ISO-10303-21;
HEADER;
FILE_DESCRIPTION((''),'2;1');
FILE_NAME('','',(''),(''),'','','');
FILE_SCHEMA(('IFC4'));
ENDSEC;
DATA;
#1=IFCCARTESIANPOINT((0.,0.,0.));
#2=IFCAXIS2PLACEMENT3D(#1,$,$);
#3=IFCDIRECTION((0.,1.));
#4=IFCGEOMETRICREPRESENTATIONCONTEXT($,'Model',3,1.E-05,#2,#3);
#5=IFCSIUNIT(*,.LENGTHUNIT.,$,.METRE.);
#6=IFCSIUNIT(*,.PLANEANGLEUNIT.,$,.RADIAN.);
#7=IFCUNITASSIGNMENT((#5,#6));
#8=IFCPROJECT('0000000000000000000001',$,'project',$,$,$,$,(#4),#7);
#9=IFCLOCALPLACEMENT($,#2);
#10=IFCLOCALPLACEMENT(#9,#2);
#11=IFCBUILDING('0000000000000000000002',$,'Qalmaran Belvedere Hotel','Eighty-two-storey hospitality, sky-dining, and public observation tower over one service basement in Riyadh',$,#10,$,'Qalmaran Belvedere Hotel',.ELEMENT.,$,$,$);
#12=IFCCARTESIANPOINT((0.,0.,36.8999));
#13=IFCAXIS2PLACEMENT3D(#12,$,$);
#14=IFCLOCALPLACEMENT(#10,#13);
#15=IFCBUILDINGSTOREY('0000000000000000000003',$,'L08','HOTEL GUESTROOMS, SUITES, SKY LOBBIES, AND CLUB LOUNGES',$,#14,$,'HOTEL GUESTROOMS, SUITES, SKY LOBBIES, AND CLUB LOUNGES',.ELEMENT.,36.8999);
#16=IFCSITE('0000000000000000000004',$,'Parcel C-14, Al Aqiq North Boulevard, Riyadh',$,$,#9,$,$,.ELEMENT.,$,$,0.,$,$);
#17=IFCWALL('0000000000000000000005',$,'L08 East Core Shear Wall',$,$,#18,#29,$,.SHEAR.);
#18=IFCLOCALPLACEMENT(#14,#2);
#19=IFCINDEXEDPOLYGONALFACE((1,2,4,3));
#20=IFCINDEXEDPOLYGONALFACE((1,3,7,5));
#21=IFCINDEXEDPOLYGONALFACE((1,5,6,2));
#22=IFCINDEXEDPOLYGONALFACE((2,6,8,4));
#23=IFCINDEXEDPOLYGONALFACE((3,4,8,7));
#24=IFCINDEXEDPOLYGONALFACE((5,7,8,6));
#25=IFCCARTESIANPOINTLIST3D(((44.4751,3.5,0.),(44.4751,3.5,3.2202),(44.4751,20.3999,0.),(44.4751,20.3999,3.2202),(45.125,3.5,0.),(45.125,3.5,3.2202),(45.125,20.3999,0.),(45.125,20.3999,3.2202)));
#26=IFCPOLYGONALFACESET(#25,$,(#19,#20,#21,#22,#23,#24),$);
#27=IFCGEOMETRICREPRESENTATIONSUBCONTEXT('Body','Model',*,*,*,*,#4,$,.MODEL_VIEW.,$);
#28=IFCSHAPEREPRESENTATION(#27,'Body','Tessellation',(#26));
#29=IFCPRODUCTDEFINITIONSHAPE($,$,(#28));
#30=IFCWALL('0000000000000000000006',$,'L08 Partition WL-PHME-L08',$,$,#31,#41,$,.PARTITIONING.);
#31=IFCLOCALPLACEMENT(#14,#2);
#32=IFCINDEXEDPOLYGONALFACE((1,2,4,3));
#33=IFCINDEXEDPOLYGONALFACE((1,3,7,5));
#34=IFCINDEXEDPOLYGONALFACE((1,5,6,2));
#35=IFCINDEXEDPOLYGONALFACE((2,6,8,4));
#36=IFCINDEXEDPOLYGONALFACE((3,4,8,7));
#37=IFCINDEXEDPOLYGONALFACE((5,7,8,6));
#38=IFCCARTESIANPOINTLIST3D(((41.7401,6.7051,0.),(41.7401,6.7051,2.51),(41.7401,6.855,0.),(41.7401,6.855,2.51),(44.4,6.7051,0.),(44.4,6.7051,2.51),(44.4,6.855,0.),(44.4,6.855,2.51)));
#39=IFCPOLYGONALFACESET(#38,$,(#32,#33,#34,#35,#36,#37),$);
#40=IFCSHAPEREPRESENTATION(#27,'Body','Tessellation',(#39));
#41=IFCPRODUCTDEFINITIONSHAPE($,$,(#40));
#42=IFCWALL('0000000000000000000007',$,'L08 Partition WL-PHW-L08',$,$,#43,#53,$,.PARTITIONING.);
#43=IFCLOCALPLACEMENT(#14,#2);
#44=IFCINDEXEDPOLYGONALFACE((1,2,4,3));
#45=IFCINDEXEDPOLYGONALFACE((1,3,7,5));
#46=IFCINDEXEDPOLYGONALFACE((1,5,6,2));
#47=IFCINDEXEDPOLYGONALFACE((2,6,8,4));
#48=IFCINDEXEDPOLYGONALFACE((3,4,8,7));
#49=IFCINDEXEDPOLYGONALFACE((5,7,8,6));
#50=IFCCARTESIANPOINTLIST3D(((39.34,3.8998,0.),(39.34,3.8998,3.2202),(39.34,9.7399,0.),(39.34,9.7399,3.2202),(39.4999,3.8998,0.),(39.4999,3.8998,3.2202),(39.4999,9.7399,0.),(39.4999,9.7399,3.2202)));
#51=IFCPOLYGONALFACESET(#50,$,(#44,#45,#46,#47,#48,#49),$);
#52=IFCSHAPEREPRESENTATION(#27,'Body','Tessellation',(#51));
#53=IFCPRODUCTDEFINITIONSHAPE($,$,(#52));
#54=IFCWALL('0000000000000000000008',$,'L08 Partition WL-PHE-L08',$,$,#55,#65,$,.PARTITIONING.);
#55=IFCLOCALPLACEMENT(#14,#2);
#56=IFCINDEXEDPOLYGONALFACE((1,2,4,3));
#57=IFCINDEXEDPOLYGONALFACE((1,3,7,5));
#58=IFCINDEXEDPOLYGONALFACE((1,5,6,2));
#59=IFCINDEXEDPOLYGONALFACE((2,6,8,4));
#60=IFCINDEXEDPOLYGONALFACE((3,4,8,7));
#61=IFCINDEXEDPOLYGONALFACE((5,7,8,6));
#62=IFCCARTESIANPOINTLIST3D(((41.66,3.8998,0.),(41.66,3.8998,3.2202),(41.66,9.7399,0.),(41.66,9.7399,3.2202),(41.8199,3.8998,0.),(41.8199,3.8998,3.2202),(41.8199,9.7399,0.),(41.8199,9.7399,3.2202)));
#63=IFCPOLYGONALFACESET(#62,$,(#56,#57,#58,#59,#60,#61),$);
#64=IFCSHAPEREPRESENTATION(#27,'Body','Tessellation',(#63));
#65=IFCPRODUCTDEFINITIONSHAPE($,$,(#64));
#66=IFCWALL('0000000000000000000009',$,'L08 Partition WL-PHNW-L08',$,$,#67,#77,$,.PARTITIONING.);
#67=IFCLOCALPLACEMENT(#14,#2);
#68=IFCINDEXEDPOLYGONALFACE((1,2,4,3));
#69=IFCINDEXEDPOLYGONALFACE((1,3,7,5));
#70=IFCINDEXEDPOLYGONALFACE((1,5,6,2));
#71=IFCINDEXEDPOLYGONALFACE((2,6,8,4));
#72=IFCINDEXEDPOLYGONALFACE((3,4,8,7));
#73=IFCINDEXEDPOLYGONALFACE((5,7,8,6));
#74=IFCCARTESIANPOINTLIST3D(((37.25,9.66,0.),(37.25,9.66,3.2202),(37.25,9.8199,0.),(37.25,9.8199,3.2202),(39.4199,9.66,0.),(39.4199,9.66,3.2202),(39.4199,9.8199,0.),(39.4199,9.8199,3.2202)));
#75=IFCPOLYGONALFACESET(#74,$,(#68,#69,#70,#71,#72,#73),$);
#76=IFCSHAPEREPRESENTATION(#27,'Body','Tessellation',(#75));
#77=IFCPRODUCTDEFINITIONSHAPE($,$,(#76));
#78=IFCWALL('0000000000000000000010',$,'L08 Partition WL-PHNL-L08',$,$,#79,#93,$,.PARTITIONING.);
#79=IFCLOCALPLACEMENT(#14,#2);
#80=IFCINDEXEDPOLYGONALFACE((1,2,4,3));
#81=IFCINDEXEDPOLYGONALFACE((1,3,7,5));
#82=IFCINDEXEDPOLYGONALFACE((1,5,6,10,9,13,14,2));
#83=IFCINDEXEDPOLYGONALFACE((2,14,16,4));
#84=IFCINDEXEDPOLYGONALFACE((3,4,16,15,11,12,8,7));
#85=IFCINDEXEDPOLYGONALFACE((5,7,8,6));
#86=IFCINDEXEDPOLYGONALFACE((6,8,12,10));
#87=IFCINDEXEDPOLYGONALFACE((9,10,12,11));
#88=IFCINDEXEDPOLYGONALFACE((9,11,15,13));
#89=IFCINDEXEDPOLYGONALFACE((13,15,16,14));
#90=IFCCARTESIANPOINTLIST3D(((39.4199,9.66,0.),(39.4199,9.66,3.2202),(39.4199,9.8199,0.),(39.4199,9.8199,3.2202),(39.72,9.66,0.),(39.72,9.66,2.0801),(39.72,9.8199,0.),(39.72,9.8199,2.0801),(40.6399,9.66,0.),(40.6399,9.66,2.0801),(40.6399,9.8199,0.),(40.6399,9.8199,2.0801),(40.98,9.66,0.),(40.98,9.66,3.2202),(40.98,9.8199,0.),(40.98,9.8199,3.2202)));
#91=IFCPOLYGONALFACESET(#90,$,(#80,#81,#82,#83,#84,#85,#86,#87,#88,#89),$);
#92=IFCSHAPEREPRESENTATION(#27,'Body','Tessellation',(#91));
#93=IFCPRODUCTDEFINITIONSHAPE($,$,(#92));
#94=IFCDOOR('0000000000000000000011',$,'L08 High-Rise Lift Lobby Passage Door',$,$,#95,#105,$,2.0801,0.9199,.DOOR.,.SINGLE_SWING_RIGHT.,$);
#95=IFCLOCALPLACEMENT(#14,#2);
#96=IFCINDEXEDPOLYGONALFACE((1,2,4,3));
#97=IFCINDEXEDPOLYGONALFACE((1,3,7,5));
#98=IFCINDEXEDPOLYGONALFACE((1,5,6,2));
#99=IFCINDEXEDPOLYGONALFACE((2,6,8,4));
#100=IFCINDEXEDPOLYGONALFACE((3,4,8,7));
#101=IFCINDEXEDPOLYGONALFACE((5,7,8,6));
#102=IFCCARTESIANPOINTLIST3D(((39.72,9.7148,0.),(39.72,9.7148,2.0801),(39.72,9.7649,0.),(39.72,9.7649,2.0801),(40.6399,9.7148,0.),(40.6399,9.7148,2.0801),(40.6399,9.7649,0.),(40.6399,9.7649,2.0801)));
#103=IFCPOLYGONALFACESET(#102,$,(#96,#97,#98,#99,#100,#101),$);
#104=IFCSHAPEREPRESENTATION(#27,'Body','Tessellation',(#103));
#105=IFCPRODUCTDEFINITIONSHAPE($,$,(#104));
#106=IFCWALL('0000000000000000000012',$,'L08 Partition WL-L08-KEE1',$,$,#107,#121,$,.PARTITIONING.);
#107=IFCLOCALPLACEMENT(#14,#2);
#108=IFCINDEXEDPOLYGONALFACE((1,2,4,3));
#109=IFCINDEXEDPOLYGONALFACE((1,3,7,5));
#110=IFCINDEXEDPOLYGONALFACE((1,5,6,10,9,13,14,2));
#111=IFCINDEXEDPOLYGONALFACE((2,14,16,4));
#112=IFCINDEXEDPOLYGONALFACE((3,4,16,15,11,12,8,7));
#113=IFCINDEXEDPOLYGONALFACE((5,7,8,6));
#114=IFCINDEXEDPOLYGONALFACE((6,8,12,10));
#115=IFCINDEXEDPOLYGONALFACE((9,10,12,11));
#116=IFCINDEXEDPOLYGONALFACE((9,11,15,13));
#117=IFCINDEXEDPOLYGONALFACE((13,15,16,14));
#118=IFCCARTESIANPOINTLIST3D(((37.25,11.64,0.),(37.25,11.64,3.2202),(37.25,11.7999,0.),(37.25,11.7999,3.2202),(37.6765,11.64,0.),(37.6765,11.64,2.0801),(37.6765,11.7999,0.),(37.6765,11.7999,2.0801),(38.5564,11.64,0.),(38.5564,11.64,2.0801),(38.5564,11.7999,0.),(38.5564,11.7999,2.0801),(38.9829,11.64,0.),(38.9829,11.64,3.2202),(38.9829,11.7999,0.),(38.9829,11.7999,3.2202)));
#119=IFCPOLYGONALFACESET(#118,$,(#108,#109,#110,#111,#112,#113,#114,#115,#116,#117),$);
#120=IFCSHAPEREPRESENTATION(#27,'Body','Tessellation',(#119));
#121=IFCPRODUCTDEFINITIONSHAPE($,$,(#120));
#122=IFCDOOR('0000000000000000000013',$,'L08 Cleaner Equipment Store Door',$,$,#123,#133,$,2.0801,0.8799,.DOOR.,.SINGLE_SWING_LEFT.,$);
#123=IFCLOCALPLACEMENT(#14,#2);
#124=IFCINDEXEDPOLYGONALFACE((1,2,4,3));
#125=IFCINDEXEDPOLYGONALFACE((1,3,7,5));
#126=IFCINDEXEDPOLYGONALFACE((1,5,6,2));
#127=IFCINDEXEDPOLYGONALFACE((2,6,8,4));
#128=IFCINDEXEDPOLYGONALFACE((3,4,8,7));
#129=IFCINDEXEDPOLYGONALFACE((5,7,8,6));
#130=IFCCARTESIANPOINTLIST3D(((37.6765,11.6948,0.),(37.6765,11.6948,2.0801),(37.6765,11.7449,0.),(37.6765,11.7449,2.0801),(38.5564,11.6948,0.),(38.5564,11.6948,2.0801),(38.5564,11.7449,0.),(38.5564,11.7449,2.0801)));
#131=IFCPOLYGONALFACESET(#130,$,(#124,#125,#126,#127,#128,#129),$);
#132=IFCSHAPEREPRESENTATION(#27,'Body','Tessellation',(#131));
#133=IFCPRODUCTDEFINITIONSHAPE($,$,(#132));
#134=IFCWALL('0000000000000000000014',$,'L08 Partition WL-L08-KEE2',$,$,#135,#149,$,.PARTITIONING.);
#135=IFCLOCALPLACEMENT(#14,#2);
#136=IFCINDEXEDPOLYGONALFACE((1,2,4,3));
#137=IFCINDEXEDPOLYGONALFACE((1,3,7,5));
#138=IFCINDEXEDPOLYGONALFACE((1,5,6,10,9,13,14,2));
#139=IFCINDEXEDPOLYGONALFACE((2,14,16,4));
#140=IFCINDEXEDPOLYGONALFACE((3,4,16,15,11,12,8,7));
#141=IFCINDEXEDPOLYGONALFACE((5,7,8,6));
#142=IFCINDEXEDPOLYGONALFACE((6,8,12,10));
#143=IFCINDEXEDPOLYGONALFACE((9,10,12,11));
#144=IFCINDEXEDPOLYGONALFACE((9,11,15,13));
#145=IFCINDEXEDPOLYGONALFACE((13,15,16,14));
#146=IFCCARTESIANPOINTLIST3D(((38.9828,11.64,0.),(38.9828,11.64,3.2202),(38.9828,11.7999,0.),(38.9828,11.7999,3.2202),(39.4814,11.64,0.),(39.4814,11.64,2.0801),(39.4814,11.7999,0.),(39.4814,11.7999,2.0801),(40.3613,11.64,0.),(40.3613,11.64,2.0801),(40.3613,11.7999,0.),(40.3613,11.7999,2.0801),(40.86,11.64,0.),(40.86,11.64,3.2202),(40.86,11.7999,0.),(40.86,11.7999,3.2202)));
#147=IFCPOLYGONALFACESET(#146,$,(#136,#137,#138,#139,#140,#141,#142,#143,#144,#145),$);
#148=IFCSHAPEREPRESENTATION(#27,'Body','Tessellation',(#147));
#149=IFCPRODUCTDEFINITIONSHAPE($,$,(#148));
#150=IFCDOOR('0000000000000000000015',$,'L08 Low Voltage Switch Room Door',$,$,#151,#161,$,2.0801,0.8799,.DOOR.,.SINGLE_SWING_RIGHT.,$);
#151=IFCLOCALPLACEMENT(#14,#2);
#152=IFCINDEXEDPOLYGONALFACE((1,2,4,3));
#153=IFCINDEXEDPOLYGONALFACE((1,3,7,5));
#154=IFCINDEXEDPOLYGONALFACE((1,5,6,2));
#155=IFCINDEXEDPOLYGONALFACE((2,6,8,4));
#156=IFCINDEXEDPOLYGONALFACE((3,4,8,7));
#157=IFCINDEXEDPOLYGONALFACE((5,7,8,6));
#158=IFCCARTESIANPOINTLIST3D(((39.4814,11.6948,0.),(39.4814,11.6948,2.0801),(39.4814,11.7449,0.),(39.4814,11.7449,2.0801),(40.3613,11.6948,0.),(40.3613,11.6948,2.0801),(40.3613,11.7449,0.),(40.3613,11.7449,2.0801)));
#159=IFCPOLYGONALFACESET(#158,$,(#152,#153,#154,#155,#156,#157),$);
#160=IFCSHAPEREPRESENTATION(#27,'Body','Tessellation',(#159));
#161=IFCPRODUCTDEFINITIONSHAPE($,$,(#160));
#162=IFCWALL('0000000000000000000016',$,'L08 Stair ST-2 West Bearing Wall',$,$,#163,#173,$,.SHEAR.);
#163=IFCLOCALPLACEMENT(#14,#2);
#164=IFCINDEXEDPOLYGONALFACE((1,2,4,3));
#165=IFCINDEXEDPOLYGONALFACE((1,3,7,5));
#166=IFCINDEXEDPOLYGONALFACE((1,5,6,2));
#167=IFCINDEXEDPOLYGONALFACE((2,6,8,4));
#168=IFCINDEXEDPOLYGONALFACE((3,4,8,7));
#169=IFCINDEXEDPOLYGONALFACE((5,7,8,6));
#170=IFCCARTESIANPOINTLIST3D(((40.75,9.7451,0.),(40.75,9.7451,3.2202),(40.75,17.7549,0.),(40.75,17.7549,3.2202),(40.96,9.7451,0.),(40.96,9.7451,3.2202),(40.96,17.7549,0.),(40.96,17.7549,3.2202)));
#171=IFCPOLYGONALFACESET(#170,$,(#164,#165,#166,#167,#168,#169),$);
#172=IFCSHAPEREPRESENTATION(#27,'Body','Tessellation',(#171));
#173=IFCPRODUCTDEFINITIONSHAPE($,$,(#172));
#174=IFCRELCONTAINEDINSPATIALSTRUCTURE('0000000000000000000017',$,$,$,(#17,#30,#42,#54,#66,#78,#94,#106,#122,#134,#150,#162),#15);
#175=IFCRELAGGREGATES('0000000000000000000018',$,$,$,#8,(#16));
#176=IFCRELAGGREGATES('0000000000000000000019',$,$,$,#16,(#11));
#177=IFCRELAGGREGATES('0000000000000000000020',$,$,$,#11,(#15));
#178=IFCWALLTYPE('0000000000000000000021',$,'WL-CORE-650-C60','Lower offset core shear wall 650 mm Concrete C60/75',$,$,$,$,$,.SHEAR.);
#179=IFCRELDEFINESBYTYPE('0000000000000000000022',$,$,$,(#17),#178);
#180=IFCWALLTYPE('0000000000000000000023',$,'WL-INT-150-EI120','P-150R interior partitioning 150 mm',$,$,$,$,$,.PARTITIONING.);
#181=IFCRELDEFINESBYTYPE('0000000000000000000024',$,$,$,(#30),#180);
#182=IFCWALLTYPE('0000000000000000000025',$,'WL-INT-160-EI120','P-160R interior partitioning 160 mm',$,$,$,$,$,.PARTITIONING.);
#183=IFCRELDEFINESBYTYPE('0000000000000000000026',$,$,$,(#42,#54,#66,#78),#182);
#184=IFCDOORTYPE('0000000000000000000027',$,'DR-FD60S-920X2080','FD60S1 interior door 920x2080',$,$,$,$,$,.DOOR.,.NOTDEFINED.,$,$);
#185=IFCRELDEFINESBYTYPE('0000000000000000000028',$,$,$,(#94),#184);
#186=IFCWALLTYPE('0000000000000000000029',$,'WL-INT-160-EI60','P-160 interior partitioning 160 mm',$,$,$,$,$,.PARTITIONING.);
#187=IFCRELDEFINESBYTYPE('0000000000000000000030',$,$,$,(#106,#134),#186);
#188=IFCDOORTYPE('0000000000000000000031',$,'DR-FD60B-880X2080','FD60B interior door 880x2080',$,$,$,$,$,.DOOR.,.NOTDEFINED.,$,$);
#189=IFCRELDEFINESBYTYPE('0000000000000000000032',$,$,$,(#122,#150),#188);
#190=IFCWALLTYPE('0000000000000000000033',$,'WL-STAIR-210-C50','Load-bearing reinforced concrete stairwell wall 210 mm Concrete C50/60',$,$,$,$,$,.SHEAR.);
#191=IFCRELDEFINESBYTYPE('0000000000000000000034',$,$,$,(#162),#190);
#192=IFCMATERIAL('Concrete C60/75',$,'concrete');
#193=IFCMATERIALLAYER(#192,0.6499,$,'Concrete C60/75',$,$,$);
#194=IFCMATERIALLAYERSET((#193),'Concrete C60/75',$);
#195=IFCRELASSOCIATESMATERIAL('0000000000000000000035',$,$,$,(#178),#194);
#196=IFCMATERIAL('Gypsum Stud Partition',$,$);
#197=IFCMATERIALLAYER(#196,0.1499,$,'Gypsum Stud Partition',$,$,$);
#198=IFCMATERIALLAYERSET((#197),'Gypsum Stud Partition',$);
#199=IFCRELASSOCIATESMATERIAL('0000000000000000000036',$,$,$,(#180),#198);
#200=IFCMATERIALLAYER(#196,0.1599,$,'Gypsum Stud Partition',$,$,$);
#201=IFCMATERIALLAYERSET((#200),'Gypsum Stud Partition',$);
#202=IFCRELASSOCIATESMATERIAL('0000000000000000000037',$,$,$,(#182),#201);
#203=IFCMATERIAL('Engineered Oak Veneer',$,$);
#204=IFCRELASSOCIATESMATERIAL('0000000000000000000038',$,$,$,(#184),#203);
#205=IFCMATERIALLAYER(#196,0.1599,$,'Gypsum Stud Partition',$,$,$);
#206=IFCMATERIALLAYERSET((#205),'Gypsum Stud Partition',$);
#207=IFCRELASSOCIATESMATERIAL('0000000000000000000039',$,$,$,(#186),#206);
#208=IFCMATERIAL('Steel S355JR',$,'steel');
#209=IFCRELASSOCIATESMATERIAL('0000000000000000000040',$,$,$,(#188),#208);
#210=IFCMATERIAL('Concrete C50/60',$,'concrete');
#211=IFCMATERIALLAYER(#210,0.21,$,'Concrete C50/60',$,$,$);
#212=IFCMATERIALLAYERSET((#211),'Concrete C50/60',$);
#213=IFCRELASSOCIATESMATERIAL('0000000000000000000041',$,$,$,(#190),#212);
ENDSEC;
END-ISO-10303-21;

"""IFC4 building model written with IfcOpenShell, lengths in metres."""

from ifc_helpers import new_model, si_unit, direction, frame, frame_2d, origin, place, context, subcontext, project, spatial, rectangle, extrude, material, layer, layer_set, type_object, element, fill, save


model = new_model("IFC4")

# Units and contexts
model_context = context("Model", 3, precision=1e-05, world=origin(), true_north=direction((0.0, 1.0)))
body_context = subcontext(model_context, "Body", "Model", "MODEL_VIEW")
ifc_project = project(units=[si_unit("LENGTHUNIT", "METRE"), si_unit("PLANEANGLEUNIT", "RADIAN")], contexts=[model_context])

# Site, building, storey
site_placement = place(None, origin())
site = spatial("IfcSite", under=ifc_project, at=site_placement, Name="Parcel C-14, Al Aqiq North Boulevard, Riyadh", CompositionType="ELEMENT", RefElevation=0.0)
building_placement = place(site_placement, origin())
building = spatial("IfcBuilding", under=site, at=building_placement, Name="Qalmaran Belvedere Hotel", Description="Eighty-two-storey hospitality, sky-dining, and public observation tower over one service basement in Riyadh", LongName="Qalmaran Belvedere Hotel", CompositionType="ELEMENT")
storey_placement = place(building_placement, frame((0.0, 0.0, 36.8999)))
storey = spatial("IfcBuildingStorey", under=building, at=storey_placement, Name="L08", Description="HOTEL GUESTROOMS, SUITES, SKY LOBBIES, AND CLUB LOUNGES", LongName="HOTEL GUESTROOMS, SUITES, SKY LOBBIES, AND CLUB LOUNGES", CompositionType="ELEMENT", Elevation=36.8999)

# Walls
ifc_material_1 = material(Name="Concrete C60/75", Category="concrete")
ifc_layer_1 = layer(ifc_material_1, 0.6499, Name="Concrete C60/75")
ifc_layer_set_1 = layer_set([ifc_layer_1], Name="Concrete C60/75")
wall_type_1 = type_object("IfcWallType", Name="WL-CORE-650-C60", Description="Lower offset core shear wall 650 mm Concrete C60/75", PredefinedType="SHEAR", material=ifc_layer_set_1)
wall_1_placement = place(storey_placement, frame((44.8, 3.5, 0.0), z_axis=(0.0, 0.0, 1.0), x_axis=(0.0, 1.0, 0.0)))
element("IfcWall", 1, at=wall_1_placement, inside=storey, type_object=wall_type_1, Name="L08 East Core Shear Wall", PredefinedType="SHEAR", context=body_context, shape_type="SweptSolid", body=[
    extrude(rectangle(XDim=16.8999, YDim=0.6499, at=frame_2d((8.45, 0.0))), origin(), (0.0, 0.0, 1.0), 3.2202),
])
ifc_material_2 = material(Name="Gypsum Stud Partition")
ifc_layer_2 = layer(ifc_material_2, 0.1499, Name="Gypsum Stud Partition")
ifc_layer_set_2 = layer_set([ifc_layer_2], Name="Gypsum Stud Partition")
wall_type_2 = type_object("IfcWallType", Name="WL-INT-150-EI120", Description="P-150R interior partitioning 150 mm", PredefinedType="PARTITIONING", material=ifc_layer_set_2)
wall_2_placement = place(storey_placement, frame((41.74, 6.78, 0.0), z_axis=(0.0, 0.0, 1.0), x_axis=(1.0, 0.0, 0.0)))
element("IfcWall", 2, at=wall_2_placement, inside=storey, type_object=wall_type_2, Name="L08 Partition WL-PHME-L08", PredefinedType="PARTITIONING", context=body_context, shape_type="SweptSolid", body=[
    extrude(rectangle(XDim=2.6599, YDim=0.1499, at=frame_2d((1.3301, 0.0))), origin(), (0.0, 0.0, 1.0), 2.51),
])
ifc_layer_3 = layer(ifc_material_2, 0.1599, Name="Gypsum Stud Partition")
ifc_layer_set_3 = layer_set([ifc_layer_3], Name="Gypsum Stud Partition")
wall_type_3 = type_object("IfcWallType", Name="WL-INT-160-EI120", Description="P-160R interior partitioning 160 mm", PredefinedType="PARTITIONING", material=ifc_layer_set_3)
for number, where, z_axis, x_axis, name in (
    (3, (39.4199, 3.8999, 0.0), (0.0, 0.0, 1.0), (0.0, 1.0, 0.0), "L08 Partition WL-PHW-L08"),
    (4, (41.74, 3.8999, 0.0), (0.0, 0.0, 1.0), (0.0, 1.0, 0.0), "L08 Partition WL-PHE-L08"),
):
    element("IfcWall", number, at=place(storey_placement, frame(where, z_axis=z_axis, x_axis=x_axis)), inside=storey, type_object=wall_type_3, Name=name, PredefinedType="PARTITIONING", context=body_context, shape_type="SweptSolid", body=[
        extrude(rectangle(XDim=5.8401, YDim=0.1599, at=frame_2d((2.9199, 0.0))), origin(), (0.0, 0.0, 1.0), 3.2202),
    ])
wall_3_placement = place(storey_placement, frame((37.25, 9.74, 0.0), z_axis=(0.0, 0.0, 1.0), x_axis=(1.0, 0.0, 0.0)))
element("IfcWall", 5, at=wall_3_placement, inside=storey, type_object=wall_type_3, Name="L08 Partition WL-PHNW-L08", PredefinedType="PARTITIONING", context=body_context, shape_type="SweptSolid", body=[
    extrude(rectangle(XDim=2.1699, YDim=0.1599, at=frame_2d((1.085, 0.0))), origin(), (0.0, 0.0, 1.0), 3.2202),
])

# Walls, openings, doors
wall_4_placement = place(storey_placement, frame((39.4199, 9.74, 0.0), z_axis=(0.0, 0.0, 1.0), x_axis=(1.0, 0.0, 0.0)))
wall_4 = element("IfcWall", 6, at=wall_4_placement, inside=storey, type_object=wall_type_3, Name="L08 Partition WL-PHNL-L08", PredefinedType="PARTITIONING", context=body_context, shape_type="SweptSolid", body=[
    extrude(rectangle(XDim=1.5601, YDim=0.1599, at=frame_2d((0.78, 0.0))), origin(), (0.0, 0.0, 1.0), 3.2202),
])
opening_1_placement = place(wall_4_placement, frame((0.3, 0.0, 0.0)))
opening_1 = element("IfcOpeningElement", 7, at=opening_1_placement, cuts=wall_4, PredefinedType="OPENING", context=body_context, shape_type="SweptSolid", body=[
    extrude(rectangle(XDim=0.9199, YDim=2.0801, at=frame_2d((0.46, 1.04))), frame((0.0, 0.0898, 0.0), z_axis=(0.0, -1.0, 0.0), x_axis=(1.0, 0.0, 0.0)), (0.0, 0.0, 1.0), 0.1799),
])
ifc_material_3 = material(Name="Engineered Oak Veneer")
door_type_1 = type_object("IfcDoorType", Name="DR-FD60S-920X2080", Description="FD60S1 interior door 920x2080", OperationType="NOTDEFINED", PredefinedType="DOOR", material=ifc_material_3)
door_1_placement = place(opening_1_placement, origin())
door_1 = element("IfcDoor", 8, at=door_1_placement, inside=storey, type_object=door_type_1, Name="L08 High-Rise Lift Lobby Passage Door", OperationType="SINGLE_SWING_RIGHT", OverallHeight=2.0801, OverallWidth=0.9199, PredefinedType="DOOR", context=body_context, shape_type="SweptSolid", body=[
    extrude(rectangle(XDim=0.9199, YDim=2.0801, at=frame_2d((0.46, 1.04))), frame((0.0, 0.0249, 0.0), z_axis=(0.0, -1.0, 0.0), x_axis=(1.0, 0.0, 0.0)), (0.0, 0.0, 1.0), 0.05),
])
fill(opening_1, door_1)
ifc_layer_4 = layer(ifc_material_2, 0.1599, Name="Gypsum Stud Partition")
ifc_layer_set_4 = layer_set([ifc_layer_4], Name="Gypsum Stud Partition")
wall_type_4 = type_object("IfcWallType", Name="WL-INT-160-EI60", Description="P-160 interior partitioning 160 mm", PredefinedType="PARTITIONING", material=ifc_layer_set_4)
wall_5_placement = place(storey_placement, frame((37.25, 11.72, 0.0), z_axis=(0.0, 0.0, 1.0), x_axis=(1.0, 0.0, 0.0)))
wall_5 = element("IfcWall", 9, at=wall_5_placement, inside=storey, type_object=wall_type_4, Name="L08 Partition WL-L08-KEE1", PredefinedType="PARTITIONING", context=body_context, shape_type="SweptSolid", body=[
    extrude(rectangle(XDim=1.7329, YDim=0.1599, at=frame_2d((0.8665, 0.0))), origin(), (0.0, 0.0, 1.0), 3.2202),
])
opening_2_placement = place(wall_5_placement, frame((0.4265, 0.0, 0.0)))
opening_2 = element("IfcOpeningElement", 10, at=opening_2_placement, cuts=wall_5, PredefinedType="OPENING", context=body_context, shape_type="SweptSolid", body=[
    extrude(rectangle(XDim=0.8799, YDim=2.0801, at=frame_2d((0.4399, 1.04))), frame((0.0, 0.0898, 0.0), z_axis=(0.0, -1.0, 0.0), x_axis=(1.0, 0.0, 0.0)), (0.0, 0.0, 1.0), 0.1799),
])
ifc_material_4 = material(Name="Steel S355JR", Category="steel")
door_type_2 = type_object("IfcDoorType", Name="DR-FD60B-880X2080", Description="FD60B interior door 880x2080", OperationType="NOTDEFINED", PredefinedType="DOOR", material=ifc_material_4)
door_2_placement = place(opening_2_placement, origin())
door_2 = element("IfcDoor", 11, at=door_2_placement, inside=storey, type_object=door_type_2, Name="L08 Cleaner Equipment Store Door", OperationType="SINGLE_SWING_LEFT", OverallHeight=2.0801, OverallWidth=0.8799, PredefinedType="DOOR", context=body_context, shape_type="SweptSolid", body=[
    extrude(rectangle(XDim=0.8799, YDim=2.0801, at=frame_2d((0.4399, 1.04))), frame((0.0, 0.0249, 0.0), z_axis=(0.0, -1.0, 0.0), x_axis=(1.0, 0.0, 0.0)), (0.0, 0.0, 1.0), 0.05),
])
fill(opening_2, door_2)
wall_6_placement = place(storey_placement, frame((38.9829, 11.72, 0.0), z_axis=(0.0, 0.0, 1.0), x_axis=(1.0, 0.0, 0.0)))
wall_6 = element("IfcWall", 12, at=wall_6_placement, inside=storey, type_object=wall_type_4, Name="L08 Partition WL-L08-KEE2", PredefinedType="PARTITIONING", context=body_context, shape_type="SweptSolid", body=[
    extrude(rectangle(XDim=1.8772, YDim=0.1599, at=frame_2d((0.9385, 0.0))), origin(), (0.0, 0.0, 1.0), 3.2202),
])
opening_3_placement = place(wall_6_placement, frame((0.4985, 0.0, 0.0)))
opening_3 = element("IfcOpeningElement", 13, at=opening_3_placement, cuts=wall_6, PredefinedType="OPENING", context=body_context, shape_type="SweptSolid", body=[
    extrude(rectangle(XDim=0.8799, YDim=2.0801, at=frame_2d((0.4399, 1.04))), frame((0.0, 0.0898, 0.0), z_axis=(0.0, -1.0, 0.0), x_axis=(1.0, 0.0, 0.0)), (0.0, 0.0, 1.0), 0.1799),
])
door_3_placement = place(opening_3_placement, origin())
door_3 = element("IfcDoor", 14, at=door_3_placement, inside=storey, type_object=door_type_2, Name="L08 Low Voltage Switch Room Door", OperationType="SINGLE_SWING_RIGHT", OverallHeight=2.0801, OverallWidth=0.8799, PredefinedType="DOOR", context=body_context, shape_type="SweptSolid", body=[
    extrude(rectangle(XDim=0.8799, YDim=2.0801, at=frame_2d((0.4399, 1.04))), frame((0.0, 0.0249, 0.0), z_axis=(0.0, -1.0, 0.0), x_axis=(1.0, 0.0, 0.0)), (0.0, 0.0, 1.0), 0.05),
])
fill(opening_3, door_3)

# Wall
ifc_material_5 = material(Name="Concrete C50/60", Category="concrete")
ifc_layer_5 = layer(ifc_material_5, 0.21, Name="Concrete C50/60")
ifc_layer_set_5 = layer_set([ifc_layer_5], Name="Concrete C50/60")
wall_type_5 = type_object("IfcWallType", Name="WL-STAIR-210-C50", Description="Load-bearing reinforced concrete stairwell wall 210 mm Concrete C50/60", PredefinedType="SHEAR", material=ifc_layer_set_5)
for number, where, z_axis, x_axis, name in (
    (15, (40.855, 9.7451, 0.0), (0.0, 0.0, 1.0), (0.0, 1.0, 0.0), "L08 Stair ST-2 West Bearing Wall"),
):
    element("IfcWall", number, at=place(storey_placement, frame(where, z_axis=z_axis, x_axis=x_axis)), inside=storey, type_object=wall_type_5, Name=name, PredefinedType="SHEAR", context=body_context, shape_type="SweptSolid", body=[
        extrude(rectangle(XDim=8.0098, YDim=0.21, at=frame_2d((4.0049, 0.0))), origin(), (0.0, 0.0, 1.0), 3.2202),
    ])

save(model, "model.ifc")
